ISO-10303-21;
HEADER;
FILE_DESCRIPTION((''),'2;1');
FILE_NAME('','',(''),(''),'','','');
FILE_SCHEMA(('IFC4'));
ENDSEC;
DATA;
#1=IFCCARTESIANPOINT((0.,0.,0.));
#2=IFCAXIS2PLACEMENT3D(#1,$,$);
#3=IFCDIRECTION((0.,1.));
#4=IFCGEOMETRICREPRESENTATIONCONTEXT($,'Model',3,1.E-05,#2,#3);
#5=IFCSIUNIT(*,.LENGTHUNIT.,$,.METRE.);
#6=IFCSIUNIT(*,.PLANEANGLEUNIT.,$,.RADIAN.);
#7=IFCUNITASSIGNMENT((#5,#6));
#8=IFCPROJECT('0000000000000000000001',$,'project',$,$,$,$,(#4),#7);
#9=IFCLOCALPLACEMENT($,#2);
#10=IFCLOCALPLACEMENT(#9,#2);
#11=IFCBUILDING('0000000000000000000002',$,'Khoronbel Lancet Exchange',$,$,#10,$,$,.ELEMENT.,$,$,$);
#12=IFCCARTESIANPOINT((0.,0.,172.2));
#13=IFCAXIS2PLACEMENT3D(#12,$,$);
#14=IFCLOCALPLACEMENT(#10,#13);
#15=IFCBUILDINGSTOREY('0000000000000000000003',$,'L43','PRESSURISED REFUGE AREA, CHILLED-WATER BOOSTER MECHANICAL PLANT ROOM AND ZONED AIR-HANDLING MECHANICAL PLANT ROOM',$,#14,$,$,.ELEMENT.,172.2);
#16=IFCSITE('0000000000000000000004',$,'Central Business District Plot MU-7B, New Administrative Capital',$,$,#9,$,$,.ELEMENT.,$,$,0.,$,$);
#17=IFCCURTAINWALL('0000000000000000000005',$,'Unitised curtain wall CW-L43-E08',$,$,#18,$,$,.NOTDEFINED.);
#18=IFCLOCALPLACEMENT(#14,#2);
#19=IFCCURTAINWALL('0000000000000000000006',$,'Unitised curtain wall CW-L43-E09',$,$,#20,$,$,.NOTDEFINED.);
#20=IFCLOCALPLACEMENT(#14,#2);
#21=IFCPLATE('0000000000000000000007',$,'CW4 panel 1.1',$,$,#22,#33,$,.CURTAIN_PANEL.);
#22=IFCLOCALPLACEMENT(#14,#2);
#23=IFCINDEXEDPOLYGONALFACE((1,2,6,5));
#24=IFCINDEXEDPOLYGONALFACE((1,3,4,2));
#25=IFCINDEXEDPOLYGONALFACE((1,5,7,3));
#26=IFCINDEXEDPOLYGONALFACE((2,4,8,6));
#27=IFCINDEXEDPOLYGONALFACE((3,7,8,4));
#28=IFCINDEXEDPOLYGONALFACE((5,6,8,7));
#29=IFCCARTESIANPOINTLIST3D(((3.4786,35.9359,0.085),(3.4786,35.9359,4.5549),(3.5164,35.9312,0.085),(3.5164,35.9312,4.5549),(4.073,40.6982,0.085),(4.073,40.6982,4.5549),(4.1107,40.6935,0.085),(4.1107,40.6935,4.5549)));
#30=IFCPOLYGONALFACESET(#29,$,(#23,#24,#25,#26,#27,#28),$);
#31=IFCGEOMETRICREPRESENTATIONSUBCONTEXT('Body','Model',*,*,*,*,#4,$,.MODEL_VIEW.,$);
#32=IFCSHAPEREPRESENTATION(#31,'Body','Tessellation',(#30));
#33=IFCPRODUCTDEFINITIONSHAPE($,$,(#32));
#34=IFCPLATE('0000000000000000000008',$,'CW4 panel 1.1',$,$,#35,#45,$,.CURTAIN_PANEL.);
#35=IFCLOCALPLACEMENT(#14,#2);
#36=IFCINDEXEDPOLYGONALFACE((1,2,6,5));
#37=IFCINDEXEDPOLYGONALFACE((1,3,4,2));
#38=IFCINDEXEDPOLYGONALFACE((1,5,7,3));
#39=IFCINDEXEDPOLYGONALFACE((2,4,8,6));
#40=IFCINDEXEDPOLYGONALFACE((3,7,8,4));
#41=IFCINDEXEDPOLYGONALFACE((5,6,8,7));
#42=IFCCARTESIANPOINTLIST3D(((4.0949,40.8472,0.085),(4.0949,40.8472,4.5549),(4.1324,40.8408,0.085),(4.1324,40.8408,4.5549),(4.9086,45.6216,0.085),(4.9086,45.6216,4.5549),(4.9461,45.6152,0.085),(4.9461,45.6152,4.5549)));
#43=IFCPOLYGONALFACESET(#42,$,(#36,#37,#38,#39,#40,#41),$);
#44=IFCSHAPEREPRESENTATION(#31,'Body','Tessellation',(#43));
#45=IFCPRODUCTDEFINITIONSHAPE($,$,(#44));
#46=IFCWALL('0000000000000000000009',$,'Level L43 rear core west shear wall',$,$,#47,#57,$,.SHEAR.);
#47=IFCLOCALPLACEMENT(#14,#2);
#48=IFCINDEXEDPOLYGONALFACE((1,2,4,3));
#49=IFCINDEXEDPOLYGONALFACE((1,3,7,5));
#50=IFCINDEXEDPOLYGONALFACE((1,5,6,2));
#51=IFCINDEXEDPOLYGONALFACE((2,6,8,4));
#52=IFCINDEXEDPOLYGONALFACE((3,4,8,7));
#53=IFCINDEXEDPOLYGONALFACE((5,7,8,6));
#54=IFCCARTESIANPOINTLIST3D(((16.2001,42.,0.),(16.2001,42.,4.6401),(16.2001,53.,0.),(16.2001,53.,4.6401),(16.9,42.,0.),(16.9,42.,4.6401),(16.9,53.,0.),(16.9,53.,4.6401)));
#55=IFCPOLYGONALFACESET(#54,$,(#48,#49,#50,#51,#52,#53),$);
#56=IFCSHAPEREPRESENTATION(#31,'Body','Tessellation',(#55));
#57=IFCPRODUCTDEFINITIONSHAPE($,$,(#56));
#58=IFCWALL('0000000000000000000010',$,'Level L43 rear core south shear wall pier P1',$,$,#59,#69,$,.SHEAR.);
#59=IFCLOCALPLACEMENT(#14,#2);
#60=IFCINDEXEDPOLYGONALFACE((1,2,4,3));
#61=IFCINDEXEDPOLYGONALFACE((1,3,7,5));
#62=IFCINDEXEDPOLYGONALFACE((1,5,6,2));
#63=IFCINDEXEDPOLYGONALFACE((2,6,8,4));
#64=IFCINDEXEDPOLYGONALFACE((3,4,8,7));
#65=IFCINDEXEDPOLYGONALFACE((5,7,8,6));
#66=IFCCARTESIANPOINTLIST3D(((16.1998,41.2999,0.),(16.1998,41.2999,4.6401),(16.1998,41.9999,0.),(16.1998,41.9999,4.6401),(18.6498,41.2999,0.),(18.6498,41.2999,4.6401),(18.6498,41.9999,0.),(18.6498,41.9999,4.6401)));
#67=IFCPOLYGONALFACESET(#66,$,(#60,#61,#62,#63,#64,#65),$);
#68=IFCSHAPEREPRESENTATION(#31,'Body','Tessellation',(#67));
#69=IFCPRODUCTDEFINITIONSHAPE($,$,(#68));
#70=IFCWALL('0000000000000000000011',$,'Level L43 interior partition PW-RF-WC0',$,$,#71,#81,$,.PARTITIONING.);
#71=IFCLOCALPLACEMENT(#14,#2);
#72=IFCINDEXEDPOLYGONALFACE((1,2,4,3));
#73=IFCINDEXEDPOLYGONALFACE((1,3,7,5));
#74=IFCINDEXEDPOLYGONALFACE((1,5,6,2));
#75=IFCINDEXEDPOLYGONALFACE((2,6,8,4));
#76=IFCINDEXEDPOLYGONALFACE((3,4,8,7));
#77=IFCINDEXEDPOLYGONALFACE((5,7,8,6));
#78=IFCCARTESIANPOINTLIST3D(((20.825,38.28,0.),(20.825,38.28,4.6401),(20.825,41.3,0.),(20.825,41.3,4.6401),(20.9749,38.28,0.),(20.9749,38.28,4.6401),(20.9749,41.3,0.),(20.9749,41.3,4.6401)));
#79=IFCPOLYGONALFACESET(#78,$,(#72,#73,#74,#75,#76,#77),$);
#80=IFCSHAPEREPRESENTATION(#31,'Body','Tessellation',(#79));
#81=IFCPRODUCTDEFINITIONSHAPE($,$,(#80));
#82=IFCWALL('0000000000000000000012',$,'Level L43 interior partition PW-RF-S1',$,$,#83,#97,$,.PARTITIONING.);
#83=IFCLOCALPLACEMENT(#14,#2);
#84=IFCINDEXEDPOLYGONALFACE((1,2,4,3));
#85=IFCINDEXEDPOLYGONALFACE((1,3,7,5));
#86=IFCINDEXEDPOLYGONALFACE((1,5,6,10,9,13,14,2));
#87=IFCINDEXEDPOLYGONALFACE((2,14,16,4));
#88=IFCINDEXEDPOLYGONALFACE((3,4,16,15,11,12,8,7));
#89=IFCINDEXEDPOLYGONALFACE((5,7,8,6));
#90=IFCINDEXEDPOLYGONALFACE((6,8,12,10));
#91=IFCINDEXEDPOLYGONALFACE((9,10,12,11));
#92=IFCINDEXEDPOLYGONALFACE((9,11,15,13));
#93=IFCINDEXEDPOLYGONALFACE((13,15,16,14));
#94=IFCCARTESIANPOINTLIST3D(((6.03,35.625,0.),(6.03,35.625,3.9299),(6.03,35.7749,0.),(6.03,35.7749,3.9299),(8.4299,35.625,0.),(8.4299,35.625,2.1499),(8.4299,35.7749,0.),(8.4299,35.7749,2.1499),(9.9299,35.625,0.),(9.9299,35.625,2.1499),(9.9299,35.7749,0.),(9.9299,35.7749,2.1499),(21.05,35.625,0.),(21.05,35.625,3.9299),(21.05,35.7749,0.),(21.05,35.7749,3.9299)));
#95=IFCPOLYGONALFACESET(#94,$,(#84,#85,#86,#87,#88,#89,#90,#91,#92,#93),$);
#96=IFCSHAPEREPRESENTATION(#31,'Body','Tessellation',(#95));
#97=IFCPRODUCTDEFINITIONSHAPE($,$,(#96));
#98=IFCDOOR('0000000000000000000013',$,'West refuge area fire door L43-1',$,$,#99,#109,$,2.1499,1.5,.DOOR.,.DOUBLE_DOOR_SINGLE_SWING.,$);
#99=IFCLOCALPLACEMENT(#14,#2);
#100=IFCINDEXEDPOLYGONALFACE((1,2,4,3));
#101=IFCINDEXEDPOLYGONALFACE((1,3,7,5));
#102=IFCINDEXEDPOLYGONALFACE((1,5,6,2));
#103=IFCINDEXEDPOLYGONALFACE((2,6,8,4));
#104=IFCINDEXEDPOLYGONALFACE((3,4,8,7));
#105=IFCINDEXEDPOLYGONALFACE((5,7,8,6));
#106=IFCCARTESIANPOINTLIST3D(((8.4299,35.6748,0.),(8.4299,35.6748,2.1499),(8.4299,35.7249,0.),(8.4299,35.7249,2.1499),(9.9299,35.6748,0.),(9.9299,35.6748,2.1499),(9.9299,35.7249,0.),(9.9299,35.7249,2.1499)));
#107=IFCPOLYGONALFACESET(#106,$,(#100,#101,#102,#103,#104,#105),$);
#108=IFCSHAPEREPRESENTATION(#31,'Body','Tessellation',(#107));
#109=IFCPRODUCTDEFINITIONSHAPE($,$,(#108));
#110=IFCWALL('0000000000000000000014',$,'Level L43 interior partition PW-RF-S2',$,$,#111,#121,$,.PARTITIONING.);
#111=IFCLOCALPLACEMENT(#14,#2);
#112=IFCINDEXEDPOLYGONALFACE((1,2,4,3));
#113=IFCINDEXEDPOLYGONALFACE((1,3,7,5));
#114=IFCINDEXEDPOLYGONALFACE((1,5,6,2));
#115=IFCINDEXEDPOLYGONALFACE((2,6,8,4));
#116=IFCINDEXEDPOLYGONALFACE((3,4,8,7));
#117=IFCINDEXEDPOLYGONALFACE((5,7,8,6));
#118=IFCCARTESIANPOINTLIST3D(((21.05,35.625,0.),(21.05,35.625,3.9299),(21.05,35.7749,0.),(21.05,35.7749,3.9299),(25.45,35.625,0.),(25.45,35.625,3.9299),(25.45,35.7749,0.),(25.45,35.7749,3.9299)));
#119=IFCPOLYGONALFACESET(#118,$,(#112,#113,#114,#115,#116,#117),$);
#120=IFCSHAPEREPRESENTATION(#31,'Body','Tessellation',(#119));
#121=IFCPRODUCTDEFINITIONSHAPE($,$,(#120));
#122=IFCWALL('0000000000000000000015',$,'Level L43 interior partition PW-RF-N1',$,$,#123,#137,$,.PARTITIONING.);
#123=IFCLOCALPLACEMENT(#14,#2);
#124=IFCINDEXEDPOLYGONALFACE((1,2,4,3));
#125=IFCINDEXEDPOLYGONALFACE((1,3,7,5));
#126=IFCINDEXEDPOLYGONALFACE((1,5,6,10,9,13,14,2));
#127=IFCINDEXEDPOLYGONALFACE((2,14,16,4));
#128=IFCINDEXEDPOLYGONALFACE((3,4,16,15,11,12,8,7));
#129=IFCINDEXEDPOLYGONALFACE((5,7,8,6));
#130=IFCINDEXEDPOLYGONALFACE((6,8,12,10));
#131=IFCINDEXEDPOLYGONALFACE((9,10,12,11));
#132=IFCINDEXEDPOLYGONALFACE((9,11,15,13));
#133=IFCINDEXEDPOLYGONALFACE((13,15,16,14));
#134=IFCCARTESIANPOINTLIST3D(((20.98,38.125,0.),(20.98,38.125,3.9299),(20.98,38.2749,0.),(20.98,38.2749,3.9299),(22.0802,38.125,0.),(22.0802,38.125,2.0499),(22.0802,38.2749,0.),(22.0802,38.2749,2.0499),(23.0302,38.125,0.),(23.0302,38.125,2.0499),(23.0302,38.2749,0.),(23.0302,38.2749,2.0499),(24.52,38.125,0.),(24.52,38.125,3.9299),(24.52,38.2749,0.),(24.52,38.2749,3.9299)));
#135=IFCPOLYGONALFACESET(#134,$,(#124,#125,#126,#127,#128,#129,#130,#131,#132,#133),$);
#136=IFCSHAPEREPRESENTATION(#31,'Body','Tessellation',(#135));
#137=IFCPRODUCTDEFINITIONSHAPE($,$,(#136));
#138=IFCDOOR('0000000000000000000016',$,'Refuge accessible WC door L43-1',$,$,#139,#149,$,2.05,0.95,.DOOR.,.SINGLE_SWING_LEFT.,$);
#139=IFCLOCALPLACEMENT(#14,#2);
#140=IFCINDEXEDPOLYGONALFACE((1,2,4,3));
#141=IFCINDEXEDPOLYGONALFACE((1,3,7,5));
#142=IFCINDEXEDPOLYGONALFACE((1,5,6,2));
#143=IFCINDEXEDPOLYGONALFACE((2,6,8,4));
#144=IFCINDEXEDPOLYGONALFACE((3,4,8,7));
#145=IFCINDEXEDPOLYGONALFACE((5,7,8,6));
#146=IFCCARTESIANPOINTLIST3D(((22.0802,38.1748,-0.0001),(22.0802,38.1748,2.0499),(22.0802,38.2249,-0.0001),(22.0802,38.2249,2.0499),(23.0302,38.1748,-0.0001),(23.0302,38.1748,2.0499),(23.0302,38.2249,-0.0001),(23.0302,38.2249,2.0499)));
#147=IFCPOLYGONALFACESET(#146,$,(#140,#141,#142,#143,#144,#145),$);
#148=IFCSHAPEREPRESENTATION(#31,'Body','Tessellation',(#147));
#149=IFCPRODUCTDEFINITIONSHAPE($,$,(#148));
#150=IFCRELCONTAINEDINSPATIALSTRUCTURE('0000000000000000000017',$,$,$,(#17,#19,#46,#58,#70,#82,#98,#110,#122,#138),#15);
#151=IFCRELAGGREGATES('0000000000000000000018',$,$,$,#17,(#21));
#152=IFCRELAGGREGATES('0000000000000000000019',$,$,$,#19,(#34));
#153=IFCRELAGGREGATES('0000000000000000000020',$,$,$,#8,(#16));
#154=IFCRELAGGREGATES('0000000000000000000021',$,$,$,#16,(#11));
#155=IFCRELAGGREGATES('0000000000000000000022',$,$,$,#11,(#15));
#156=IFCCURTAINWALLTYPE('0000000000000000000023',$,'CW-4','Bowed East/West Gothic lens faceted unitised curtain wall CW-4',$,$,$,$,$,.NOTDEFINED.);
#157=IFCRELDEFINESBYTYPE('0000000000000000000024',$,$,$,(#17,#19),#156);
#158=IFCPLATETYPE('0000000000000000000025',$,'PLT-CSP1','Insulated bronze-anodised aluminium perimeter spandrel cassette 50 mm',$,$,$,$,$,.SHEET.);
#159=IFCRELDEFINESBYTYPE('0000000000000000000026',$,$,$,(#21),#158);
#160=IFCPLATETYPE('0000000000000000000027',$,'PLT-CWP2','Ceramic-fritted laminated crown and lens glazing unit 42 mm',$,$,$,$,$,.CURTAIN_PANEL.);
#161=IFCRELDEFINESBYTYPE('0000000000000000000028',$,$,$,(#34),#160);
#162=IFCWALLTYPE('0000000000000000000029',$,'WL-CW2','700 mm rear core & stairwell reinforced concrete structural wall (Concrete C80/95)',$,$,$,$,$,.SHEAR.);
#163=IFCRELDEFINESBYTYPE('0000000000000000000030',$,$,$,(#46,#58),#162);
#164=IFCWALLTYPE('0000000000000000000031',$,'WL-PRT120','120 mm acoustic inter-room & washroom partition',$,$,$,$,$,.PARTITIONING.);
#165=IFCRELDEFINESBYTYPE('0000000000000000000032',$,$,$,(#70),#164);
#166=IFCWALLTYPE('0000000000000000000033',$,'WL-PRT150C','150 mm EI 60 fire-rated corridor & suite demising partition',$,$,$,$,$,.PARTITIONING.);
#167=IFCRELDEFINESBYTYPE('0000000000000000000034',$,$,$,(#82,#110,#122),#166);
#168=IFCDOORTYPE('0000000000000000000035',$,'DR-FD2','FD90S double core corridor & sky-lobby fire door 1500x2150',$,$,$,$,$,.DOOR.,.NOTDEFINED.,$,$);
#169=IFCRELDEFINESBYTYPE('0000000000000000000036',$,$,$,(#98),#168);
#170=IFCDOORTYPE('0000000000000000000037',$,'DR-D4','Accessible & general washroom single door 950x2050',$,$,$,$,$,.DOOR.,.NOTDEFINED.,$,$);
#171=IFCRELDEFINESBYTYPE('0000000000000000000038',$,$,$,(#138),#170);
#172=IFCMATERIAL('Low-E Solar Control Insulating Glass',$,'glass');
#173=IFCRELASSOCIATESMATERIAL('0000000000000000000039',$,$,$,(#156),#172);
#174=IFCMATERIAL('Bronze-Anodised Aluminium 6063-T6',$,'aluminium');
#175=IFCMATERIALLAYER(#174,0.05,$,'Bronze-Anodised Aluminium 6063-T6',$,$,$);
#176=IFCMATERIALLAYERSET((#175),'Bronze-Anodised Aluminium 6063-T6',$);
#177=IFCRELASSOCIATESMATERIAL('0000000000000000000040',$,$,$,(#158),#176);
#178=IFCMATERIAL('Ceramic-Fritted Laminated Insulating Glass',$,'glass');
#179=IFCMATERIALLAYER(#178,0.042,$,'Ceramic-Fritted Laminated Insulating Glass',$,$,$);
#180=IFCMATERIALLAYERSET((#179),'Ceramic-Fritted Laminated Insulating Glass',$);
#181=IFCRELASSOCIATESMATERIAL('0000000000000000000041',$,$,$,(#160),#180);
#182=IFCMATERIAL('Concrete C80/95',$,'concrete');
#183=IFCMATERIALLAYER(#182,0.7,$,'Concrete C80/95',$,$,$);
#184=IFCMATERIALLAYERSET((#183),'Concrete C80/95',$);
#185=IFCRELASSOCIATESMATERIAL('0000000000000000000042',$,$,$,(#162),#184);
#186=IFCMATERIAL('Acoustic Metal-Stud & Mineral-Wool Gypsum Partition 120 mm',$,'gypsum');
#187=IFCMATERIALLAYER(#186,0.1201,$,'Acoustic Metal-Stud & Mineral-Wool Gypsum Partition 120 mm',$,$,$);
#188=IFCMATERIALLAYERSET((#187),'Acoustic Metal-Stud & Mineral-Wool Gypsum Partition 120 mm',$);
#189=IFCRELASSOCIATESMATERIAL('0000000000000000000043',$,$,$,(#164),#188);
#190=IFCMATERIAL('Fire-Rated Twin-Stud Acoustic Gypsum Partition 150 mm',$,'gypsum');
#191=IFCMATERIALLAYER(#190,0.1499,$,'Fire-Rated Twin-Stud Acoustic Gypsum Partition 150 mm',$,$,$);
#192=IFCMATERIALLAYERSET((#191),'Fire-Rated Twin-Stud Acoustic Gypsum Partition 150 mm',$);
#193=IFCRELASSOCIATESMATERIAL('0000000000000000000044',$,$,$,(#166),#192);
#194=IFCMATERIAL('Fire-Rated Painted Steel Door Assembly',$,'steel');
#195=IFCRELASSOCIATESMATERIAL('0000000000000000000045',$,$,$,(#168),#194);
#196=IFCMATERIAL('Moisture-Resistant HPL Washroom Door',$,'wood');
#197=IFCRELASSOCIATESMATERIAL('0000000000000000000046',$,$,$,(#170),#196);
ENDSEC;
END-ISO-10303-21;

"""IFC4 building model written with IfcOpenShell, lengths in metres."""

from ifc_helpers import new_model, si_unit, direction, frame, frame_2d, origin, origin_2d, place, context, subcontext, project, spatial, rectangle, extrude, material, layer, layer_set, type_object, element, fill, aggregate, save


model = new_model("IFC4")

# Units and contexts
model_context = context("Model", 3, precision=1e-05, world=origin(), true_north=direction((0.0, 1.0)))
body_context = subcontext(model_context, "Body", "Model", "MODEL_VIEW")
ifc_project = project(units=[si_unit("LENGTHUNIT", "METRE"), si_unit("PLANEANGLEUNIT", "RADIAN")], contexts=[model_context])

# Site, building, storey
site_placement = place(None, origin())
site = spatial("IfcSite", under=ifc_project, at=site_placement, Name="Central Business District Plot MU-7B, New Administrative Capital", CompositionType="ELEMENT", RefElevation=0.0)
building_placement = place(site_placement, origin())
building = spatial("IfcBuilding", under=site, at=building_placement, Name="Khoronbel Lancet Exchange", CompositionType="ELEMENT")
storey_placement = place(building_placement, frame((0.0, 0.0, 172.2)))
storey = spatial("IfcBuildingStorey", under=building, at=storey_placement, Name="L43", Description="PRESSURISED REFUGE AREA, CHILLED-WATER BOOSTER MECHANICAL PLANT ROOM AND ZONED AIR-HANDLING MECHANICAL PLANT ROOM", CompositionType="ELEMENT", Elevation=172.2)

# Shared definitions
ifc_material_1 = material(Name="Concrete C80/95", Category="concrete")

# Shared definitions
ifc_material_2 = material(Name="Low-E Solar Control Insulating Glass", Category="glass")
curtain_wall_type = type_object("IfcCurtainWallType", Name="CW-4", Description="Bowed East/West Gothic lens faceted unitised curtain wall CW-4", PredefinedType="NOTDEFINED", material=ifc_material_2)
ifc_material_3 = material(Name="Bronze-Anodised Aluminium 6063-T6", Category="aluminium")

# Curtain wall
curtain_wall_1_placement = place(storey_placement, origin())
curtain_wall_1 = element("IfcCurtainWall", 1, at=curtain_wall_1_placement, inside=storey, type_object=curtain_wall_type, Name="Unitised curtain wall CW-L43-E08", PredefinedType="NOTDEFINED")

# Curtain wall
curtain_wall_2_placement = place(storey_placement, origin())
curtain_wall_2 = element("IfcCurtainWall", 2, at=curtain_wall_2_placement, inside=storey, type_object=curtain_wall_type, Name="Unitised curtain wall CW-L43-E09", PredefinedType="NOTDEFINED")

# Plates
ifc_layer_1 = layer(ifc_material_3, 0.05, Name="Bronze-Anodised Aluminium 6063-T6")
ifc_layer_set_1 = layer_set([ifc_layer_1], Name="Bronze-Anodised Aluminium 6063-T6")
plate_type_1 = type_object("IfcPlateType", Name="PLT-CSP1", Description="Insulated bronze-anodised aluminium perimeter spandrel cassette 50 mm", PredefinedType="SHEET", material=ifc_layer_set_1)
plate_1_placement = place(storey_placement, frame((3.7947, 38.3147, 0.085), z_axis=(0.0, 0.0, 1.0), x_axis=(0.123838, 0.992302, 0.0)))
plate_1 = element("IfcPlate", 3, at=plate_1_placement, type_object=plate_type_1, Name="CW4 panel 1.1", PredefinedType="CURTAIN_PANEL", context=body_context, shape_type="SweptSolid", body=[
    extrude(rectangle(XDim=4.7993, YDim=0.0381, at=origin_2d()), origin(), (0.0, 0.0, 1.0), 4.47),
])
aggregate(curtain_wall_1, [plate_1])
ifc_material_4 = material(Name="Ceramic-Fritted Laminated Insulating Glass", Category="glass")
ifc_layer_2 = layer(ifc_material_4, 0.042, Name="Ceramic-Fritted Laminated Insulating Glass")
ifc_layer_set_2 = layer_set([ifc_layer_2], Name="Ceramic-Fritted Laminated Insulating Glass")
plate_type_2 = type_object("IfcPlateType", Name="PLT-CWP2", Description="Ceramic-fritted laminated crown and lens glazing unit 42 mm", PredefinedType="CURTAIN_PANEL", material=ifc_layer_set_2)
plate_2_placement = place(storey_placement, frame((4.5205, 43.2312, 0.085), z_axis=(0.0, 0.0, 1.0), x_axis=(0.168009, 0.985785, 0.0)))
plate_2 = element("IfcPlate", 4, at=plate_2_placement, type_object=plate_type_2, Name="CW4 panel 1.1", PredefinedType="CURTAIN_PANEL", context=body_context, shape_type="SweptSolid", body=[
    extrude(rectangle(XDim=4.8433, YDim=0.0381, at=origin_2d()), origin(), (0.0, 0.0, 1.0), 4.47),
])
aggregate(curtain_wall_2, [plate_2])

# Walls
ifc_layer_3 = layer(ifc_material_1, 0.7, Name="Concrete C80/95")
ifc_layer_set_3 = layer_set([ifc_layer_3], Name="Concrete C80/95")
wall_type_1 = type_object("IfcWallType", Name="WL-CW2", Description="700 mm rear core & stairwell reinforced concrete structural wall (Concrete C80/95)", PredefinedType="SHEAR", material=ifc_layer_set_3)
wall_1_placement = place(storey_placement, frame((16.55, 42.0, 0.0), z_axis=(0.0, 0.0, 1.0), x_axis=(0.0, 1.0, 0.0)))
element("IfcWall", 5, at=wall_1_placement, inside=storey, type_object=wall_type_1, Name="Level L43 rear core west shear wall", PredefinedType="SHEAR", context=body_context, shape_type="SweptSolid", body=[
    extrude(rectangle(XDim=11.0, YDim=0.7, at=frame_2d((5.5, 0.0))), origin(), (0.0, 0.0, 1.0), 4.6401),
])
wall_2_placement = place(storey_placement, frame((18.6499, 41.6499, 0.0), z_axis=(0.0, 0.0, 1.0), x_axis=(-1.0, 0.0, 0.0)))
element("IfcWall", 6, at=wall_2_placement, inside=storey, type_object=wall_type_1, Name="Level L43 rear core south shear wall pier P1", PredefinedType="SHEAR", context=body_context, shape_type="SweptSolid", body=[
    extrude(rectangle(XDim=2.45, YDim=0.7, at=frame_2d((1.2251, 0.0))), origin(), (0.0, 0.0, 1.0), 4.6401),
])
ifc_material_5 = material(Name="Acoustic Metal-Stud & Mineral-Wool Gypsum Partition 120 mm", Category="gypsum")
ifc_layer_4 = layer(ifc_material_5, 0.1201, Name="Acoustic Metal-Stud & Mineral-Wool Gypsum Partition 120 mm")
ifc_layer_set_4 = layer_set([ifc_layer_4], Name="Acoustic Metal-Stud & Mineral-Wool Gypsum Partition 120 mm")
wall_type_2 = type_object("IfcWallType", Name="WL-PRT120", Description="120 mm acoustic inter-room & washroom partition", PredefinedType="PARTITIONING", material=ifc_layer_set_4)
wall_3_placement = place(storey_placement, frame((20.8999, 38.28, 0.0), z_axis=(0.0, 0.0, 1.0), x_axis=(0.0, 1.0, 0.0)))
element("IfcWall", 7, at=wall_3_placement, inside=storey, type_object=wall_type_2, Name="Level L43 interior partition PW-RF-WC0", PredefinedType="PARTITIONING", context=body_context, shape_type="SweptSolid", body=[
    extrude(rectangle(XDim=3.02, YDim=0.1499, at=frame_2d((1.51, 0.0))), origin(), (0.0, 0.0, 1.0), 4.6401),
])

# Wall, opening, door
ifc_material_6 = material(Name="Fire-Rated Twin-Stud Acoustic Gypsum Partition 150 mm", Category="gypsum")
ifc_layer_5 = layer(ifc_material_6, 0.1499, Name="Fire-Rated Twin-Stud Acoustic Gypsum Partition 150 mm")
ifc_layer_set_5 = layer_set([ifc_layer_5], Name="Fire-Rated Twin-Stud Acoustic Gypsum Partition 150 mm")
wall_type_3 = type_object("IfcWallType", Name="WL-PRT150C", Description="150 mm EI 60 fire-rated corridor & suite demising partition", PredefinedType="PARTITIONING", material=ifc_layer_set_5)
wall_4_placement = place(storey_placement, frame((6.03, 35.7, 0.0), z_axis=(0.0, 0.0, 1.0), x_axis=(1.0, 0.0, 0.0)))
wall_4 = element("IfcWall", 8, at=wall_4_placement, inside=storey, type_object=wall_type_3, Name="Level L43 interior partition PW-RF-S1", PredefinedType="PARTITIONING", context=body_context, shape_type="SweptSolid", body=[
    extrude(rectangle(XDim=15.02, YDim=0.1499, at=frame_2d((7.51, 0.0))), origin(), (0.0, 0.0, 1.0), 3.9299),
])
opening_1_placement = place(wall_4_placement, frame((2.3999, 0.0, 0.0)))
opening_1 = element("IfcOpeningElement", 9, at=opening_1_placement, cuts=wall_4, PredefinedType="OPENING", context=body_context, shape_type="SweptSolid", body=[
    extrude(rectangle(XDim=1.5, YDim=2.1499, at=frame_2d((0.75, 1.075))), frame((0.0, 0.085, 0.0), z_axis=(0.0, -1.0, 0.0), x_axis=(1.0, 0.0, 0.0)), (0.0, 0.0, 1.0), 0.1699),
])
ifc_material_7 = material(Name="Fire-Rated Painted Steel Door Assembly", Category="steel")
door_type_1 = type_object("IfcDoorType", Name="DR-FD2", Description="FD90S double core corridor & sky-lobby fire door 1500x2150", OperationType="NOTDEFINED", PredefinedType="DOOR", material=ifc_material_7)
door_1_placement = place(opening_1_placement, origin())
door_1 = element("IfcDoor", 10, at=door_1_placement, inside=storey, type_object=door_type_1, Name="West refuge area fire door L43-1", OperationType="DOUBLE_DOOR_SINGLE_SWING", OverallHeight=2.1499, OverallWidth=1.5, PredefinedType="DOOR", context=body_context, shape_type="SweptSolid", body=[
    extrude(rectangle(XDim=1.5, YDim=2.1499, at=frame_2d((0.75, 1.075))), frame((0.0, 0.0249, 0.0), z_axis=(0.0, -1.0, 0.0), x_axis=(1.0, 0.0, 0.0)), (0.0, 0.0, 1.0), 0.05),
])
fill(opening_1, door_1)

# Wall
wall_5_placement = place(storey_placement, frame((21.05, 35.7, 0.0), z_axis=(0.0, 0.0, 1.0), x_axis=(1.0, 0.0, 0.0)))
element("IfcWall", 11, at=wall_5_placement, inside=storey, type_object=wall_type_3, Name="Level L43 interior partition PW-RF-S2", PredefinedType="PARTITIONING", context=body_context, shape_type="SweptSolid", body=[
    extrude(rectangle(XDim=4.3999, YDim=0.1499, at=frame_2d((2.2, 0.0))), origin(), (0.0, 0.0, 1.0), 3.9299),
])

# Wall, opening, door
wall_6_placement = place(storey_placement, frame((20.98, 38.2, 0.0), z_axis=(0.0, 0.0, 1.0), x_axis=(1.0, 0.0, 0.0)))
wall_6 = element("IfcWall", 12, at=wall_6_placement, inside=storey, type_object=wall_type_3, Name="Level L43 interior partition PW-RF-N1", PredefinedType="PARTITIONING", context=body_context, shape_type="SweptSolid", body=[
    extrude(rectangle(XDim=3.54, YDim=0.1499, at=frame_2d((1.77, 0.0))), origin(), (0.0, 0.0, 1.0), 3.9299),
])
opening_2_placement = place(wall_6_placement, frame((1.1001, 0.0, 0.0)))
opening_2 = element("IfcOpeningElement", 13, at=opening_2_placement, cuts=wall_6, PredefinedType="OPENING", context=body_context, shape_type="SweptSolid", body=[
    extrude(rectangle(XDim=0.95, YDim=2.05, at=frame_2d((0.4751, 1.0249))), frame((0.0, 0.085, 0.0), z_axis=(0.0, -1.0, 0.0), x_axis=(1.0, 0.0, 0.0)), (0.0, 0.0, 1.0), 0.1699),
])
ifc_material_8 = material(Name="Moisture-Resistant HPL Washroom Door", Category="wood")
door_type_2 = type_object("IfcDoorType", Name="DR-D4", Description="Accessible & general washroom single door 950x2050", OperationType="NOTDEFINED", PredefinedType="DOOR", material=ifc_material_8)
door_2_placement = place(opening_2_placement, origin())
door_2 = element("IfcDoor", 14, at=door_2_placement, inside=storey, type_object=door_type_2, Name="Refuge accessible WC door L43-1", OperationType="SINGLE_SWING_LEFT", OverallHeight=2.05, OverallWidth=0.95, PredefinedType="DOOR", context=body_context, shape_type="SweptSolid", body=[
    extrude(rectangle(XDim=0.95, YDim=2.05, at=frame_2d((0.4751, 1.0249))), frame((0.0, 0.0249, 0.0), z_axis=(0.0, -1.0, 0.0), x_axis=(1.0, 0.0, 0.0)), (0.0, 0.0, 1.0), 0.05),
])
fill(opening_2, door_2)

save(model, "model.ifc")
